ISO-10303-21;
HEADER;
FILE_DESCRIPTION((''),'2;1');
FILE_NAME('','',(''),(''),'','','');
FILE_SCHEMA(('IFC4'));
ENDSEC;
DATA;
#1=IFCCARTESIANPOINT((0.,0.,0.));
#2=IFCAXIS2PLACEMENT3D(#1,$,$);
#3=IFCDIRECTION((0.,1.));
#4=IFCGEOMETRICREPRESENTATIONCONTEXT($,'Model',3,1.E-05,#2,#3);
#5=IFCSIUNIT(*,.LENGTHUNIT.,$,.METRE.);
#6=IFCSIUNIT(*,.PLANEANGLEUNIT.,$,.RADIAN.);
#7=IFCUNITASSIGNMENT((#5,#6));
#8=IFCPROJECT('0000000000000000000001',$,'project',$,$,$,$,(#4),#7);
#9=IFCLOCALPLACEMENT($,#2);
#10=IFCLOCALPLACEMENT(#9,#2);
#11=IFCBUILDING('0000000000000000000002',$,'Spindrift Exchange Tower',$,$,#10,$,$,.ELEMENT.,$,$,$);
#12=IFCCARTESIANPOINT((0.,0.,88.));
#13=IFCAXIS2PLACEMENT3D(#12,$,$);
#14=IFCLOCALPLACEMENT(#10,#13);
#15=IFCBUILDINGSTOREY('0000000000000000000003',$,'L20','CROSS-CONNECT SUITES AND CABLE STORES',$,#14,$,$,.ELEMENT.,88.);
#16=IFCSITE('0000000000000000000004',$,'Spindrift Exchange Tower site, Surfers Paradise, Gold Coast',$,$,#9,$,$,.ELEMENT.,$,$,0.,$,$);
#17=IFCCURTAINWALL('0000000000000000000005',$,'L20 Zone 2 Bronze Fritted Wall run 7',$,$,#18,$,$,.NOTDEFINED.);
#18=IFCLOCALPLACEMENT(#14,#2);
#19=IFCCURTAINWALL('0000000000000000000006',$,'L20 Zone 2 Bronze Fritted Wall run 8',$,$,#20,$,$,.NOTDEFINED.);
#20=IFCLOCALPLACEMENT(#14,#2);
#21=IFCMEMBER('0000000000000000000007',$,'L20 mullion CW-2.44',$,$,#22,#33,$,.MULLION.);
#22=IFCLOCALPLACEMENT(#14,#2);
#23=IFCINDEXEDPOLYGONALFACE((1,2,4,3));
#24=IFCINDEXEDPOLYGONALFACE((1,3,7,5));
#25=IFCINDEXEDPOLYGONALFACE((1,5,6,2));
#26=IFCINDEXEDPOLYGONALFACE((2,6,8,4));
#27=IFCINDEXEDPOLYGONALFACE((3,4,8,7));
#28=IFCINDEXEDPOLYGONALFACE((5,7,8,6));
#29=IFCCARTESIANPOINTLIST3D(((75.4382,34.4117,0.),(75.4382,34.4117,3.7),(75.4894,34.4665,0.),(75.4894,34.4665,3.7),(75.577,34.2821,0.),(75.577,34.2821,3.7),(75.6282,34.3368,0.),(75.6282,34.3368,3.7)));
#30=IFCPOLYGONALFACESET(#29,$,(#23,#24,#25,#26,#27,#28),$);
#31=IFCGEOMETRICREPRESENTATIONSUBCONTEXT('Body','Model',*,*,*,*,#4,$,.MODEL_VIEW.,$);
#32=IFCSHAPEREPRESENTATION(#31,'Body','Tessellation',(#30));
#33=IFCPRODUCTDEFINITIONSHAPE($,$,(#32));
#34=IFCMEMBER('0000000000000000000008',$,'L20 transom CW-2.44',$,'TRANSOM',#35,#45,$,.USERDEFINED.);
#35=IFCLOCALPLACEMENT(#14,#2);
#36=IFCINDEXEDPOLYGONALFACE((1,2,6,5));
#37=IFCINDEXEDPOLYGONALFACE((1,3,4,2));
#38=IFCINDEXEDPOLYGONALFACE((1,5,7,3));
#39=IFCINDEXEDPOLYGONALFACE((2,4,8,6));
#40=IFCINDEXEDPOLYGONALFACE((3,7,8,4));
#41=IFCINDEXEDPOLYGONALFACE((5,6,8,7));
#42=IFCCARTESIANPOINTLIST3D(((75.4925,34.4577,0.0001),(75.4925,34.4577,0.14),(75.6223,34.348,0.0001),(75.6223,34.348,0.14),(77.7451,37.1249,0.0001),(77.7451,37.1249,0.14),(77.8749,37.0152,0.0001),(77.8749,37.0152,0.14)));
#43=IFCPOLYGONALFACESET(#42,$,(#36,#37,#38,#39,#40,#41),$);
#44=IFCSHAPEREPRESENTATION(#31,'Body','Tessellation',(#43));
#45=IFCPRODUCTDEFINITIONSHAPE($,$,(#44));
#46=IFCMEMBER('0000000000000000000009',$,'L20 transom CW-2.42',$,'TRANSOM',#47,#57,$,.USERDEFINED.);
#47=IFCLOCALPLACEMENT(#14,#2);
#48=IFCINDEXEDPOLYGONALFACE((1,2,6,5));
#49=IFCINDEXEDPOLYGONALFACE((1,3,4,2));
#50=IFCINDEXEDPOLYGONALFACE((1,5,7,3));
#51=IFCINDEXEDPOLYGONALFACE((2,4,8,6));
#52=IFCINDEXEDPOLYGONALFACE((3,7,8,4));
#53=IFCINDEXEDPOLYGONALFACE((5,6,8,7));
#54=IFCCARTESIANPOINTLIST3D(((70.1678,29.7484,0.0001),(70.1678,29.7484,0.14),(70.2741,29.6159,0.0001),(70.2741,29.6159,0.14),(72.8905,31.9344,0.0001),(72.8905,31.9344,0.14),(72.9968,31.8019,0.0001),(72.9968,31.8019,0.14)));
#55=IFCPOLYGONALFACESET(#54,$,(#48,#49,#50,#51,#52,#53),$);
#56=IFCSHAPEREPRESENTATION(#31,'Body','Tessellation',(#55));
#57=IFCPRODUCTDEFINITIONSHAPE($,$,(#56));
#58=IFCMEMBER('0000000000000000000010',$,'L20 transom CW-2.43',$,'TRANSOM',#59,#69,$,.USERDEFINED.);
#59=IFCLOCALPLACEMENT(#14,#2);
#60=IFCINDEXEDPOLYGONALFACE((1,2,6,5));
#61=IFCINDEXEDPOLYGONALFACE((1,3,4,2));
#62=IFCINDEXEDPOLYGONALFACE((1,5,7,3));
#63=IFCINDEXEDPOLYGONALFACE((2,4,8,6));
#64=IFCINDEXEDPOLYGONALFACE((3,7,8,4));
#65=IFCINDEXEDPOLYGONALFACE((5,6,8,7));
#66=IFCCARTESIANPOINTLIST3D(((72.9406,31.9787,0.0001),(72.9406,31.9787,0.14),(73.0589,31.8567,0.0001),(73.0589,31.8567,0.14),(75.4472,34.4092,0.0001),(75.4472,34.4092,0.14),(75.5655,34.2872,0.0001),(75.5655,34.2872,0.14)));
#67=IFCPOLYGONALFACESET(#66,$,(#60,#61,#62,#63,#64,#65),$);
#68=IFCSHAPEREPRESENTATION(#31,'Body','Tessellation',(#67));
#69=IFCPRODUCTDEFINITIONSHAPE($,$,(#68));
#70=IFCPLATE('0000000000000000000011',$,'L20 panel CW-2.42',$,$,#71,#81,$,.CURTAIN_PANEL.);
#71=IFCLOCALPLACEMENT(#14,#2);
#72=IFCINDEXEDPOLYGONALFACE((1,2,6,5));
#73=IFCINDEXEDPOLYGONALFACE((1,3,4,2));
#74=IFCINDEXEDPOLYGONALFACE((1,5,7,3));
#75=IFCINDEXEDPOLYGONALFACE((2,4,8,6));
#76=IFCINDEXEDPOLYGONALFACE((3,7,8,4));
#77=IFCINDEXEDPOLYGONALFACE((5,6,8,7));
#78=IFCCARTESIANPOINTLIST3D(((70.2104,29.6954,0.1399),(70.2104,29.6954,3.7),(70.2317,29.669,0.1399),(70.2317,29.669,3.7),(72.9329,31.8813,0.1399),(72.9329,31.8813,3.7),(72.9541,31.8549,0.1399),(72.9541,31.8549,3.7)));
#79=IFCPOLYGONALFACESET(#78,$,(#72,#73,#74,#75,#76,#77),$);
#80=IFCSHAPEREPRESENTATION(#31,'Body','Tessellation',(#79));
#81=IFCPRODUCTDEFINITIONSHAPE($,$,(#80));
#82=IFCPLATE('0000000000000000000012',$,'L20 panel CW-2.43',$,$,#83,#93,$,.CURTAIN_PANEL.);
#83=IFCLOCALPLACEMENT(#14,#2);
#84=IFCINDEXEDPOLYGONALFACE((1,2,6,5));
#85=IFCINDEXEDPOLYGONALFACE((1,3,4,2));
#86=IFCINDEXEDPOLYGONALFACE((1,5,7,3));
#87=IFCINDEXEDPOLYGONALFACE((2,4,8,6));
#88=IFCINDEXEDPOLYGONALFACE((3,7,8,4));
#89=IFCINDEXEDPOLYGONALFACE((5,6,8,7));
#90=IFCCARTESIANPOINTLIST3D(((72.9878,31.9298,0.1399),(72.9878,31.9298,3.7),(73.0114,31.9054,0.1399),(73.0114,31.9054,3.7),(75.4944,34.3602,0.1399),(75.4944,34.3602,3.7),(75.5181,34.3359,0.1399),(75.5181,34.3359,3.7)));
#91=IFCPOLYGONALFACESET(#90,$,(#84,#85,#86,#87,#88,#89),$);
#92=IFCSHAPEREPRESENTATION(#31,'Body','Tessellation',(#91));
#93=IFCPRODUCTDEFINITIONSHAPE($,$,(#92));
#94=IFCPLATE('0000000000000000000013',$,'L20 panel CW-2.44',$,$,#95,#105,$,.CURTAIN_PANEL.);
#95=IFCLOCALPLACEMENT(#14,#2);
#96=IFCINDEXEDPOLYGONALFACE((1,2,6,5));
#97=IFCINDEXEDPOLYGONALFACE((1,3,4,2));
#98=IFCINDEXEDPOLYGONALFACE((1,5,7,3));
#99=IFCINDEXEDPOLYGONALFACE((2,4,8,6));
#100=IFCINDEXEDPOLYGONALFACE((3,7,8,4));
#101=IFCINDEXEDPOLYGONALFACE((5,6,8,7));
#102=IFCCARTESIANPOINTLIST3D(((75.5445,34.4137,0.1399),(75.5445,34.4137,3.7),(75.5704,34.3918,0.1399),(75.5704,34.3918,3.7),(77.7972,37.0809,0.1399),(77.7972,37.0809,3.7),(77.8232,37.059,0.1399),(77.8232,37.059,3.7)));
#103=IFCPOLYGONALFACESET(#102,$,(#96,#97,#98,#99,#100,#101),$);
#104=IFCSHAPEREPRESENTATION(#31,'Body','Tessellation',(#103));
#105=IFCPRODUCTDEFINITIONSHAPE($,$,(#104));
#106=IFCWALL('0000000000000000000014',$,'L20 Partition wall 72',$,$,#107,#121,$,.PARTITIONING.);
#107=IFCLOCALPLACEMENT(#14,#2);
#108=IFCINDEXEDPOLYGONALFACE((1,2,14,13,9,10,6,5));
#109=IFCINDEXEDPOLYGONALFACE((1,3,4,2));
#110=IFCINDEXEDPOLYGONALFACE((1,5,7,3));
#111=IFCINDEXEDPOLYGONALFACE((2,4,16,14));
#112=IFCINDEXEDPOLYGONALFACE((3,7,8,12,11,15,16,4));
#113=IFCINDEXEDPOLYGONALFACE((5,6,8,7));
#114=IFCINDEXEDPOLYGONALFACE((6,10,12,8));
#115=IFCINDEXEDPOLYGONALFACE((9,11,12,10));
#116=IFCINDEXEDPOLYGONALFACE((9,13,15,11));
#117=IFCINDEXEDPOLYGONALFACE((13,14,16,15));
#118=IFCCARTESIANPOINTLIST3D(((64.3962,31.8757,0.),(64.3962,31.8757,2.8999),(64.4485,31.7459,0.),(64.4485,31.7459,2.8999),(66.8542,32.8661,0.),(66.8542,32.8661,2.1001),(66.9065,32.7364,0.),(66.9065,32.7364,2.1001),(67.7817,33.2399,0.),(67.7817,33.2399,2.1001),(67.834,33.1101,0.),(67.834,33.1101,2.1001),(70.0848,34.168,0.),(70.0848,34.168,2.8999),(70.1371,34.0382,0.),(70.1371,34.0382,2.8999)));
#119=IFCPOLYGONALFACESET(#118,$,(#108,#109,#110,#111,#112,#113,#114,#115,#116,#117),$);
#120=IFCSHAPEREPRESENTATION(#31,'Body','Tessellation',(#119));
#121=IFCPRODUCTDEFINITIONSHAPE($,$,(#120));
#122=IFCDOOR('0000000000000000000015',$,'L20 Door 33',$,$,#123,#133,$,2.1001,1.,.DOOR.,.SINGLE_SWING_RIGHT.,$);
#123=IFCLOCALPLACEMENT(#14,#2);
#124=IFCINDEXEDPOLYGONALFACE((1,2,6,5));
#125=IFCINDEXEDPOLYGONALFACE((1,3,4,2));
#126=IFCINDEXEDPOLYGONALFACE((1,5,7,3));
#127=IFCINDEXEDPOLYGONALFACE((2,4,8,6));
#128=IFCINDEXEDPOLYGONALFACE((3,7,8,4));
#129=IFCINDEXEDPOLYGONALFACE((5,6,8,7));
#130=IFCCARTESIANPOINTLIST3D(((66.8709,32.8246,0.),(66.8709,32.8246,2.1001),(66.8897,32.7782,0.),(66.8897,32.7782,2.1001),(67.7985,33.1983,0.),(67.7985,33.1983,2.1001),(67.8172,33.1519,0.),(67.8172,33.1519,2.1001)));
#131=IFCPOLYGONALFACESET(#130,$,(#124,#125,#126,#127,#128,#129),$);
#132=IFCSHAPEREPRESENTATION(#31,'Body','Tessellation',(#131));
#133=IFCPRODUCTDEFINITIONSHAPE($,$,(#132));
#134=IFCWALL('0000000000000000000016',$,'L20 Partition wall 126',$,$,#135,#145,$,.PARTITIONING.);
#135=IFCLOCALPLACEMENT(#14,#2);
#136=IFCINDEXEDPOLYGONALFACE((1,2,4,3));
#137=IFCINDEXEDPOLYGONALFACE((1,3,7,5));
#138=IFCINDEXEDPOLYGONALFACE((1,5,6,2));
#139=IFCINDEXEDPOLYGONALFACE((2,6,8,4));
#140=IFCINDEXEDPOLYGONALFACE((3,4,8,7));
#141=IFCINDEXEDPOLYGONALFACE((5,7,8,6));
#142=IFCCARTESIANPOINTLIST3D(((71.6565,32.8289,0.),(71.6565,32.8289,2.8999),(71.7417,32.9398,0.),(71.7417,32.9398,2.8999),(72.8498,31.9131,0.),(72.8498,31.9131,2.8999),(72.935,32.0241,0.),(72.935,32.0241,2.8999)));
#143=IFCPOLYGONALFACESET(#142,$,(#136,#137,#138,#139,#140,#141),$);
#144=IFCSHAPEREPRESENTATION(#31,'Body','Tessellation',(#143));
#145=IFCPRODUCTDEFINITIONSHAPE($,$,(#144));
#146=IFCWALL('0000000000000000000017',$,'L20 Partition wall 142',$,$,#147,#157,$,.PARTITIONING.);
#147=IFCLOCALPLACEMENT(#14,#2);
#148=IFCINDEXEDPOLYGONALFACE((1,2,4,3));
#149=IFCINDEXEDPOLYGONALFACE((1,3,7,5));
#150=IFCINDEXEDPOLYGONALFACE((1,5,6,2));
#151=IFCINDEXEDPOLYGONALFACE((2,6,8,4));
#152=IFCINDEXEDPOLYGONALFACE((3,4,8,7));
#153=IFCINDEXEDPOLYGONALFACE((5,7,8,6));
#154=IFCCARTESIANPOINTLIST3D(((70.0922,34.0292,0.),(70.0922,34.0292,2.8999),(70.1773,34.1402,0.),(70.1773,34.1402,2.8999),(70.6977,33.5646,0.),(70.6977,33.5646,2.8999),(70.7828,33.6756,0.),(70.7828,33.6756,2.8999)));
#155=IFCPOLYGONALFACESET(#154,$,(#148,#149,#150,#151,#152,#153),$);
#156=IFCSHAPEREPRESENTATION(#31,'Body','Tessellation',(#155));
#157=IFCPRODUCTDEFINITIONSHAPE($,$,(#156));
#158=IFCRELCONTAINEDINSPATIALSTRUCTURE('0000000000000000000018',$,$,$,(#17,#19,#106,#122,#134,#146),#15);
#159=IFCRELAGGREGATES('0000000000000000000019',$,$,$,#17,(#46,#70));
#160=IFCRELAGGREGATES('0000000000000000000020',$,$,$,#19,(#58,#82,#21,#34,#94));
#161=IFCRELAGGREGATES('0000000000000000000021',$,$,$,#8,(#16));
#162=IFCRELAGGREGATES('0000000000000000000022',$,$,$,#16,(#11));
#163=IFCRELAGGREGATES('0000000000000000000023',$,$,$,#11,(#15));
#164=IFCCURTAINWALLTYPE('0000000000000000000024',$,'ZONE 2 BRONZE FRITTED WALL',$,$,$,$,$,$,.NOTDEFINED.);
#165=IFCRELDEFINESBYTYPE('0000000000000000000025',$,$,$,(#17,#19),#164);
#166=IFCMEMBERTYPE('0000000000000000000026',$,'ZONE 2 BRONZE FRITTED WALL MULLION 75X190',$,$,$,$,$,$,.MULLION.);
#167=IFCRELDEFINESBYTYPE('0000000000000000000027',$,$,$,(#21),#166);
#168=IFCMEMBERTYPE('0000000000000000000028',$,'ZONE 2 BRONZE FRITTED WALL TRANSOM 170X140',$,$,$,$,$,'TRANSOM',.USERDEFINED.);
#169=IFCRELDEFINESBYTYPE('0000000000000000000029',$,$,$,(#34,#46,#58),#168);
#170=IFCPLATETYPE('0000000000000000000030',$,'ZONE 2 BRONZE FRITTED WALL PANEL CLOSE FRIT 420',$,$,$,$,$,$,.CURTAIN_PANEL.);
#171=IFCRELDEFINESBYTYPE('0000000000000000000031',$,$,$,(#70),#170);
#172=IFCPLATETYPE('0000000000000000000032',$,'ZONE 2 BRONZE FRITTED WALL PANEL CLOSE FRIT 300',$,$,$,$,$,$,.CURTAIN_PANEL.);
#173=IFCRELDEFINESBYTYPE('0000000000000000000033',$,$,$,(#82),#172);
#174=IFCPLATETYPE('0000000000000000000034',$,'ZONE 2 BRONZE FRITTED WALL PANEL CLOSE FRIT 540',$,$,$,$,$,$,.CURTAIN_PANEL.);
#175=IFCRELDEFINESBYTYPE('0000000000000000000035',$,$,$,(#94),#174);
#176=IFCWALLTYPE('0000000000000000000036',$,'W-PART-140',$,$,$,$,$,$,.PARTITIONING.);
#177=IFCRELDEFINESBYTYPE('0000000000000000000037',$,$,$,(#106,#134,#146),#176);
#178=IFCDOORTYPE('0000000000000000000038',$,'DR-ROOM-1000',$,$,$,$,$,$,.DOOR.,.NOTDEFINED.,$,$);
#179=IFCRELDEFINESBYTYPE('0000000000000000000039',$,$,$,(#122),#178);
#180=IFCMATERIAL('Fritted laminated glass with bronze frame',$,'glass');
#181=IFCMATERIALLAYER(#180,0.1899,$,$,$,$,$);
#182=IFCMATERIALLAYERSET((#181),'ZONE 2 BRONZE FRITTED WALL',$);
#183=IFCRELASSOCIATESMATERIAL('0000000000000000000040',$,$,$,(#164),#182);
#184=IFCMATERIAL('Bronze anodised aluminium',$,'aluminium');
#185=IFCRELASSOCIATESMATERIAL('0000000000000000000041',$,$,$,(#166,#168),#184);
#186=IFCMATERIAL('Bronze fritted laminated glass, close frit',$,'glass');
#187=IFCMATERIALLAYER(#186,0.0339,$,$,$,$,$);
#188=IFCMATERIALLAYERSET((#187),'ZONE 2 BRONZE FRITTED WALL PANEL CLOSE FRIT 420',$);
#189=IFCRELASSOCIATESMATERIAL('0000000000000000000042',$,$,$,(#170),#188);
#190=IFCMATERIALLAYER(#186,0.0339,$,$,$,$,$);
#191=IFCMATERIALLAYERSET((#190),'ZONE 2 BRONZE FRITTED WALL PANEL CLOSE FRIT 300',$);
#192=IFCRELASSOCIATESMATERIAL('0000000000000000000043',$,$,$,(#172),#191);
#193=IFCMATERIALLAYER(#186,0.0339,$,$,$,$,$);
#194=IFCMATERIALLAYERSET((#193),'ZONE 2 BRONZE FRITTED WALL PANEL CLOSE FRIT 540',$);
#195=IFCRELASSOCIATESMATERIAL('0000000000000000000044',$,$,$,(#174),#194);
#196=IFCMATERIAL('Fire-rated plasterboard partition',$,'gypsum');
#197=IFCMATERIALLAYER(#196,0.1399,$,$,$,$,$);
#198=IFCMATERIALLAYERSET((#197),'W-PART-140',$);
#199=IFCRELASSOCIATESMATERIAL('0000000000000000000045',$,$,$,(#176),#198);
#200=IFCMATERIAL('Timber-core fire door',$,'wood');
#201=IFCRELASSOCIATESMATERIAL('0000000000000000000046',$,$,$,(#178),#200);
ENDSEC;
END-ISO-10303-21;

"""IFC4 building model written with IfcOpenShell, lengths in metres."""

from ifc_helpers import new_model, si_unit, direction, frame, frame_2d, origin, origin_2d, place, context, subcontext, project, spatial, rectangle, extrude, source, transform, mapped, material, layer, layer_set, material_profile, profile_set, type_object, element, fill, aggregate, save


model = new_model("IFC4")

# Units and contexts
model_context = context("Model", 3, precision=1e-05, world=origin(), true_north=direction((0.0, 1.0)))
body_context = subcontext(model_context, "Body", "Model", "MODEL_VIEW")
ifc_project = project(units=[si_unit("LENGTHUNIT", "METRE"), si_unit("PLANEANGLEUNIT", "RADIAN")], contexts=[model_context])

# Site, building, storey
site_placement = place(None, origin())
site = spatial("IfcSite", under=ifc_project, at=site_placement, Name="Spindrift Exchange Tower site, Surfers Paradise, Gold Coast", CompositionType="ELEMENT", RefElevation=0.0)
building_placement = place(site_placement, origin())
building = spatial("IfcBuilding", under=site, at=building_placement, Name="Spindrift Exchange Tower", CompositionType="ELEMENT")
storey_placement = place(building_placement, frame((0.0, 0.0, 88.0)))
storey = spatial("IfcBuildingStorey", under=building, at=storey_placement, Name="L20", Description="CROSS-CONNECT SUITES AND CABLE STORES", CompositionType="ELEMENT", Elevation=88.0)

# Curtain wall
ifc_material_1 = material(Name="Fritted laminated glass with bronze frame", Category="glass")
ifc_layer_1 = layer(ifc_material_1, 0.1899)
ifc_layer_set_1 = layer_set([ifc_layer_1], Name="ZONE 2 BRONZE FRITTED WALL")
curtain_wall_type = type_object("IfcCurtainWallType", Name="ZONE 2 BRONZE FRITTED WALL", PredefinedType="NOTDEFINED", material=ifc_layer_set_1)
curtain_wall_1_placement = place(storey_placement, origin())
curtain_wall_1 = element("IfcCurtainWall", 1, at=curtain_wall_1_placement, inside=storey, type_object=curtain_wall_type, Name="L20 Zone 2 Bronze Fritted Wall run 7", PredefinedType="NOTDEFINED")
ifc_material_2 = material(Name="Bronze anodised aluminium", Category="aluminium")
ifc_material_profile_1 = material_profile(ifc_material_2, rectangle(XDim=0.075, YDim=0.1899, at=origin_2d()), Name="ZONE 2 BRONZE FRITTED WALL MULLION 75X190")
ifc_profile_set_1 = profile_set([ifc_material_profile_1], Name="Bronze anodised aluminium")
member_type_1 = type_object("IfcMemberType", Name="ZONE 2 BRONZE FRITTED WALL MULLION 75X190", PredefinedType="MULLION", material=ifc_profile_set_1)
shared_shape_1 = source(origin(), body_context, "Body", "SweptSolid", [
    extrude(rectangle(XDim=0.075, YDim=0.1899, at=origin_2d()), origin(), (0.0, 0.0, 1.0), 3.7),
])

# Curtain wall, members
curtain_wall_2_placement = place(storey_placement, origin())
curtain_wall_2 = element("IfcCurtainWall", 2, at=curtain_wall_2_placement, inside=storey, type_object=curtain_wall_type, Name="L20 Zone 2 Bronze Fritted Wall run 8", PredefinedType="NOTDEFINED")
member_1_placement = place(storey_placement, frame((75.5332, 34.3743, 0.0), z_axis=(0.0, 0.0, 1.0), x_axis=(0.68244, 0.730942, 0.0)))
member_1 = element("IfcMember", 3, at=member_1_placement, type_object=member_type_1, Name="L20 mullion CW-2.44", PredefinedType="MULLION", context=body_context, shape_type="MappedRepresentation", body=[
    mapped(shared_shape_1, transform((0.0, 0.0, 0.0), scale=1.0)),
])
ifc_material_profile_2 = material_profile(ifc_material_2, rectangle(XDim=0.1699, YDim=0.1399, at=origin_2d()), Name="ZONE 2 BRONZE FRITTED WALL TRANSOM 170X140")
ifc_profile_set_2 = profile_set([ifc_material_profile_2], Name="Bronze anodised aluminium")
member_type_2 = type_object("IfcMemberType", Name="ZONE 2 BRONZE FRITTED WALL TRANSOM 170X140", ElementType="TRANSOM", PredefinedType="USERDEFINED", material=ifc_profile_set_2)
shared_shape_2 = source(origin(), body_context, "Body", "SweptSolid", [
    extrude(rectangle(XDim=0.1699, YDim=0.1399, at=origin_2d()), origin(), (0.0, 0.0, 1.0), 3.4912),
])
member_2_placement = place(storey_placement, frame((75.5574, 34.4028, 0.0701), z_axis=(0.64524, 0.76398, 0.0), x_axis=(-0.76398, 0.64524, 0.0)))
member_2 = element("IfcMember", 4, at=member_2_placement, type_object=member_type_2, Name="L20 transom CW-2.44", ObjectType="TRANSOM", PredefinedType="USERDEFINED", context=body_context, shape_type="MappedRepresentation", body=[
    mapped(shared_shape_2, transform((0.0, 0.0, 0.0), scale=1.0)),
])

# Members
shared_shape_3 = source(origin(), body_context, "Body", "SweptSolid", [
    extrude(rectangle(XDim=0.1699, YDim=0.1399, at=origin_2d()), origin(), (0.0, 0.0, 1.0), 3.4917),
])
member_3_placement = place(storey_placement, frame((70.2209, 29.6821, 0.0701), z_axis=(0.779762, 0.626075, 0.0), x_axis=(-0.626075, 0.779762, 0.0)))
member_3 = element("IfcMember", 5, at=member_3_placement, type_object=member_type_2, Name="L20 transom CW-2.42", ObjectType="TRANSOM", PredefinedType="USERDEFINED", context=body_context, shape_type="MappedRepresentation", body=[
    mapped(shared_shape_3, transform((0.0, 0.0, 0.0), scale=1.0)),
])
shared_shape_4 = source(origin(), body_context, "Body", "SweptSolid", [
    extrude(rectangle(XDim=0.1699, YDim=0.1399, at=origin_2d()), origin(), (0.0, 0.0, 1.0), 3.4915),
])
member_4_placement = place(storey_placement, frame((72.9998, 31.9177, 0.0701), z_axis=(0.717931, 0.696114, 0.0), x_axis=(-0.696114, 0.717931, 0.0)))
member_4 = element("IfcMember", 6, at=member_4_placement, type_object=member_type_2, Name="L20 transom CW-2.43", ObjectType="TRANSOM", PredefinedType="USERDEFINED", context=body_context, shape_type="MappedRepresentation", body=[
    mapped(shared_shape_4, transform((0.0, 0.0, 0.0), scale=1.0)),
])

# Plates
ifc_material_3 = material(Name="Bronze fritted laminated glass, close frit", Category="glass")
ifc_layer_2 = layer(ifc_material_3, 0.0339)
ifc_layer_set_2 = layer_set([ifc_layer_2], Name="ZONE 2 BRONZE FRITTED WALL PANEL CLOSE FRIT 420")
plate_type_1 = type_object("IfcPlateType", Name="ZONE 2 BRONZE FRITTED WALL PANEL CLOSE FRIT 420", PredefinedType="CURTAIN_PANEL", material=ifc_layer_set_2)
shared_shape_5 = source(origin(), body_context, "Body", "SweptSolid", [
    extrude(rectangle(XDim=3.4915, YDim=0.0339, at=origin_2d()), origin(), (0.0, 0.0, 1.0), 3.5601),
])
plate_1_placement = place(storey_placement, frame((71.5823, 30.7751, 0.1399), z_axis=(0.0, 0.0, 1.0), x_axis=(0.77976, 0.626079, 0.0)))
plate_1 = element("IfcPlate", 7, at=plate_1_placement, type_object=plate_type_1, Name="L20 panel CW-2.42", PredefinedType="CURTAIN_PANEL", context=body_context, shape_type="MappedRepresentation", body=[
    mapped(shared_shape_5, transform((0.0, 0.0, 0.0), scale=1.0)),
])
aggregate(curtain_wall_1, [member_3, plate_1])
ifc_layer_3 = layer(ifc_material_3, 0.0339)
ifc_layer_set_3 = layer_set([ifc_layer_3], Name="ZONE 2 BRONZE FRITTED WALL PANEL CLOSE FRIT 300")
plate_type_2 = type_object("IfcPlateType", Name="ZONE 2 BRONZE FRITTED WALL PANEL CLOSE FRIT 300", PredefinedType="CURTAIN_PANEL", material=ifc_layer_set_3)
shared_shape_6 = source(origin(), body_context, "Body", "SweptSolid", [
    extrude(rectangle(XDim=3.4915, YDim=0.0339, at=origin_2d()), origin(), (0.0, 0.0, 1.0), 3.5601),
])
plate_2_placement = place(storey_placement, frame((74.2529, 33.1328, 0.1399), z_axis=(0.0, 0.0, 1.0), x_axis=(0.717931, 0.696115, 0.0)))
plate_2 = element("IfcPlate", 8, at=plate_2_placement, type_object=plate_type_2, Name="L20 panel CW-2.43", PredefinedType="CURTAIN_PANEL", context=body_context, shape_type="MappedRepresentation", body=[
    mapped(shared_shape_6, transform((0.0, 0.0, 0.0), scale=1.0)),
])
ifc_layer_4 = layer(ifc_material_3, 0.0339)
ifc_layer_set_4 = layer_set([ifc_layer_4], Name="ZONE 2 BRONZE FRITTED WALL PANEL CLOSE FRIT 540")
plate_type_3 = type_object("IfcPlateType", Name="ZONE 2 BRONZE FRITTED WALL PANEL CLOSE FRIT 540", PredefinedType="CURTAIN_PANEL", material=ifc_layer_set_4)
shared_shape_7 = source(origin(), body_context, "Body", "SweptSolid", [
    extrude(rectangle(XDim=3.4912, YDim=0.0339, at=origin_2d()), origin(), (0.0, 0.0, 1.0), 3.5601),
])
plate_3_placement = place(storey_placement, frame((76.6838, 35.7363, 0.1399), z_axis=(0.0, 0.0, 1.0), x_axis=(0.645262, 0.763962, 0.0)))
plate_3 = element("IfcPlate", 9, at=plate_3_placement, type_object=plate_type_3, Name="L20 panel CW-2.44", PredefinedType="CURTAIN_PANEL", context=body_context, shape_type="MappedRepresentation", body=[
    mapped(shared_shape_7, transform((0.0, 0.0, 0.0), scale=1.0)),
])
aggregate(curtain_wall_2, [member_4, plate_2, member_1, member_2, plate_3])

# Wall, opening, door
ifc_material_4 = material(Name="Fire-rated plasterboard partition", Category="gypsum")
ifc_layer_5 = layer(ifc_material_4, 0.1399)
ifc_layer_set_5 = layer_set([ifc_layer_5], Name="W-PART-140")
wall_type = type_object("IfcWallType", Name="W-PART-140", PredefinedType="PARTITIONING", material=ifc_layer_set_5)
wall_1_placement = place(storey_placement, frame((70.1108, 34.103, 0.0), z_axis=(0.0, 0.0, 1.0), x_axis=(-0.927527, -0.373757, 0.0)))
wall_1 = element("IfcWall", 10, at=wall_1_placement, inside=storey, type_object=wall_type, Name="L20 Partition wall 72", PredefinedType="PARTITIONING", context=body_context, shape_type="SweptSolid", body=[
    extrude(rectangle(XDim=6.1331, YDim=0.1399, at=frame_2d((3.0664, 0.0))), origin(), (0.0, 0.0, 1.0), 2.8999),
])
opening_placement = place(wall_1_placement, frame((2.4829, 0.0, 0.0)))
opening = element("IfcOpeningElement", 11, at=opening_placement, cuts=wall_1, PredefinedType="OPENING", context=body_context, shape_type="SweptSolid", body=[
    extrude(rectangle(XDim=1.0, YDim=2.1001, at=frame_2d((0.5, 1.05))), frame((0.0, 0.0798, 0.0), z_axis=(0.0, -1.0, 0.0), x_axis=(1.0, 0.0, 0.0)), (0.0, 0.0, 1.0), 0.1599),
])
ifc_material_5 = material(Name="Timber-core fire door", Category="wood")
door_type = type_object("IfcDoorType", Name="DR-ROOM-1000", OperationType="NOTDEFINED", PredefinedType="DOOR", material=ifc_material_5)
shared_shape_8 = source(origin(), body_context, "Body", "SweptSolid", [
    extrude(rectangle(XDim=1.0, YDim=2.1001, at=frame_2d((0.5, 1.05))), frame((0.0, 0.0249, 0.0), z_axis=(0.0, -1.0, 0.0), x_axis=(1.0, 0.0, 0.0)), (0.0, 0.0, 1.0), 0.05),
])
door_placement = place(opening_placement, origin())
door = element("IfcDoor", 12, at=door_placement, inside=storey, type_object=door_type, Name="L20 Door 33", OperationType="SINGLE_SWING_RIGHT", OverallHeight=2.1001, OverallWidth=1.0, PredefinedType="DOOR", context=body_context, shape_type="MappedRepresentation", body=[
    mapped(shared_shape_8, transform((0.0, 0.0, 0.0), scale=1.0)),
])
fill(opening, door)

# Walls
wall_2_placement = place(storey_placement, frame((71.6992, 32.8843, 0.0), z_axis=(0.0, 0.0, 1.0), x_axis=(0.793329, -0.608793, 0.0)))
element("IfcWall", 13, at=wall_2_placement, inside=storey, type_object=wall_type, Name="L20 Partition wall 126", PredefinedType="PARTITIONING", context=body_context, shape_type="SweptSolid", body=[
    extrude(rectangle(XDim=1.5042, YDim=0.1399, at=frame_2d((0.752, 0.0))), origin(), (0.0, 0.0, 1.0), 2.8999),
])
wall_3_placement = place(storey_placement, frame((70.1348, 34.0847, 0.0), z_axis=(0.0, 0.0, 1.0), x_axis=(0.793349, -0.608767, 0.0)))
element("IfcWall", 14, at=wall_3_placement, inside=storey, type_object=wall_type, Name="L20 Partition wall 142", PredefinedType="PARTITIONING", context=body_context, shape_type="SweptSolid", body=[
    extrude(rectangle(XDim=0.7632, YDim=0.1399, at=frame_2d((0.3816, 0.0))), origin(), (0.0, 0.0, 1.0), 2.8999),
])

save(model, "model.ifc")
